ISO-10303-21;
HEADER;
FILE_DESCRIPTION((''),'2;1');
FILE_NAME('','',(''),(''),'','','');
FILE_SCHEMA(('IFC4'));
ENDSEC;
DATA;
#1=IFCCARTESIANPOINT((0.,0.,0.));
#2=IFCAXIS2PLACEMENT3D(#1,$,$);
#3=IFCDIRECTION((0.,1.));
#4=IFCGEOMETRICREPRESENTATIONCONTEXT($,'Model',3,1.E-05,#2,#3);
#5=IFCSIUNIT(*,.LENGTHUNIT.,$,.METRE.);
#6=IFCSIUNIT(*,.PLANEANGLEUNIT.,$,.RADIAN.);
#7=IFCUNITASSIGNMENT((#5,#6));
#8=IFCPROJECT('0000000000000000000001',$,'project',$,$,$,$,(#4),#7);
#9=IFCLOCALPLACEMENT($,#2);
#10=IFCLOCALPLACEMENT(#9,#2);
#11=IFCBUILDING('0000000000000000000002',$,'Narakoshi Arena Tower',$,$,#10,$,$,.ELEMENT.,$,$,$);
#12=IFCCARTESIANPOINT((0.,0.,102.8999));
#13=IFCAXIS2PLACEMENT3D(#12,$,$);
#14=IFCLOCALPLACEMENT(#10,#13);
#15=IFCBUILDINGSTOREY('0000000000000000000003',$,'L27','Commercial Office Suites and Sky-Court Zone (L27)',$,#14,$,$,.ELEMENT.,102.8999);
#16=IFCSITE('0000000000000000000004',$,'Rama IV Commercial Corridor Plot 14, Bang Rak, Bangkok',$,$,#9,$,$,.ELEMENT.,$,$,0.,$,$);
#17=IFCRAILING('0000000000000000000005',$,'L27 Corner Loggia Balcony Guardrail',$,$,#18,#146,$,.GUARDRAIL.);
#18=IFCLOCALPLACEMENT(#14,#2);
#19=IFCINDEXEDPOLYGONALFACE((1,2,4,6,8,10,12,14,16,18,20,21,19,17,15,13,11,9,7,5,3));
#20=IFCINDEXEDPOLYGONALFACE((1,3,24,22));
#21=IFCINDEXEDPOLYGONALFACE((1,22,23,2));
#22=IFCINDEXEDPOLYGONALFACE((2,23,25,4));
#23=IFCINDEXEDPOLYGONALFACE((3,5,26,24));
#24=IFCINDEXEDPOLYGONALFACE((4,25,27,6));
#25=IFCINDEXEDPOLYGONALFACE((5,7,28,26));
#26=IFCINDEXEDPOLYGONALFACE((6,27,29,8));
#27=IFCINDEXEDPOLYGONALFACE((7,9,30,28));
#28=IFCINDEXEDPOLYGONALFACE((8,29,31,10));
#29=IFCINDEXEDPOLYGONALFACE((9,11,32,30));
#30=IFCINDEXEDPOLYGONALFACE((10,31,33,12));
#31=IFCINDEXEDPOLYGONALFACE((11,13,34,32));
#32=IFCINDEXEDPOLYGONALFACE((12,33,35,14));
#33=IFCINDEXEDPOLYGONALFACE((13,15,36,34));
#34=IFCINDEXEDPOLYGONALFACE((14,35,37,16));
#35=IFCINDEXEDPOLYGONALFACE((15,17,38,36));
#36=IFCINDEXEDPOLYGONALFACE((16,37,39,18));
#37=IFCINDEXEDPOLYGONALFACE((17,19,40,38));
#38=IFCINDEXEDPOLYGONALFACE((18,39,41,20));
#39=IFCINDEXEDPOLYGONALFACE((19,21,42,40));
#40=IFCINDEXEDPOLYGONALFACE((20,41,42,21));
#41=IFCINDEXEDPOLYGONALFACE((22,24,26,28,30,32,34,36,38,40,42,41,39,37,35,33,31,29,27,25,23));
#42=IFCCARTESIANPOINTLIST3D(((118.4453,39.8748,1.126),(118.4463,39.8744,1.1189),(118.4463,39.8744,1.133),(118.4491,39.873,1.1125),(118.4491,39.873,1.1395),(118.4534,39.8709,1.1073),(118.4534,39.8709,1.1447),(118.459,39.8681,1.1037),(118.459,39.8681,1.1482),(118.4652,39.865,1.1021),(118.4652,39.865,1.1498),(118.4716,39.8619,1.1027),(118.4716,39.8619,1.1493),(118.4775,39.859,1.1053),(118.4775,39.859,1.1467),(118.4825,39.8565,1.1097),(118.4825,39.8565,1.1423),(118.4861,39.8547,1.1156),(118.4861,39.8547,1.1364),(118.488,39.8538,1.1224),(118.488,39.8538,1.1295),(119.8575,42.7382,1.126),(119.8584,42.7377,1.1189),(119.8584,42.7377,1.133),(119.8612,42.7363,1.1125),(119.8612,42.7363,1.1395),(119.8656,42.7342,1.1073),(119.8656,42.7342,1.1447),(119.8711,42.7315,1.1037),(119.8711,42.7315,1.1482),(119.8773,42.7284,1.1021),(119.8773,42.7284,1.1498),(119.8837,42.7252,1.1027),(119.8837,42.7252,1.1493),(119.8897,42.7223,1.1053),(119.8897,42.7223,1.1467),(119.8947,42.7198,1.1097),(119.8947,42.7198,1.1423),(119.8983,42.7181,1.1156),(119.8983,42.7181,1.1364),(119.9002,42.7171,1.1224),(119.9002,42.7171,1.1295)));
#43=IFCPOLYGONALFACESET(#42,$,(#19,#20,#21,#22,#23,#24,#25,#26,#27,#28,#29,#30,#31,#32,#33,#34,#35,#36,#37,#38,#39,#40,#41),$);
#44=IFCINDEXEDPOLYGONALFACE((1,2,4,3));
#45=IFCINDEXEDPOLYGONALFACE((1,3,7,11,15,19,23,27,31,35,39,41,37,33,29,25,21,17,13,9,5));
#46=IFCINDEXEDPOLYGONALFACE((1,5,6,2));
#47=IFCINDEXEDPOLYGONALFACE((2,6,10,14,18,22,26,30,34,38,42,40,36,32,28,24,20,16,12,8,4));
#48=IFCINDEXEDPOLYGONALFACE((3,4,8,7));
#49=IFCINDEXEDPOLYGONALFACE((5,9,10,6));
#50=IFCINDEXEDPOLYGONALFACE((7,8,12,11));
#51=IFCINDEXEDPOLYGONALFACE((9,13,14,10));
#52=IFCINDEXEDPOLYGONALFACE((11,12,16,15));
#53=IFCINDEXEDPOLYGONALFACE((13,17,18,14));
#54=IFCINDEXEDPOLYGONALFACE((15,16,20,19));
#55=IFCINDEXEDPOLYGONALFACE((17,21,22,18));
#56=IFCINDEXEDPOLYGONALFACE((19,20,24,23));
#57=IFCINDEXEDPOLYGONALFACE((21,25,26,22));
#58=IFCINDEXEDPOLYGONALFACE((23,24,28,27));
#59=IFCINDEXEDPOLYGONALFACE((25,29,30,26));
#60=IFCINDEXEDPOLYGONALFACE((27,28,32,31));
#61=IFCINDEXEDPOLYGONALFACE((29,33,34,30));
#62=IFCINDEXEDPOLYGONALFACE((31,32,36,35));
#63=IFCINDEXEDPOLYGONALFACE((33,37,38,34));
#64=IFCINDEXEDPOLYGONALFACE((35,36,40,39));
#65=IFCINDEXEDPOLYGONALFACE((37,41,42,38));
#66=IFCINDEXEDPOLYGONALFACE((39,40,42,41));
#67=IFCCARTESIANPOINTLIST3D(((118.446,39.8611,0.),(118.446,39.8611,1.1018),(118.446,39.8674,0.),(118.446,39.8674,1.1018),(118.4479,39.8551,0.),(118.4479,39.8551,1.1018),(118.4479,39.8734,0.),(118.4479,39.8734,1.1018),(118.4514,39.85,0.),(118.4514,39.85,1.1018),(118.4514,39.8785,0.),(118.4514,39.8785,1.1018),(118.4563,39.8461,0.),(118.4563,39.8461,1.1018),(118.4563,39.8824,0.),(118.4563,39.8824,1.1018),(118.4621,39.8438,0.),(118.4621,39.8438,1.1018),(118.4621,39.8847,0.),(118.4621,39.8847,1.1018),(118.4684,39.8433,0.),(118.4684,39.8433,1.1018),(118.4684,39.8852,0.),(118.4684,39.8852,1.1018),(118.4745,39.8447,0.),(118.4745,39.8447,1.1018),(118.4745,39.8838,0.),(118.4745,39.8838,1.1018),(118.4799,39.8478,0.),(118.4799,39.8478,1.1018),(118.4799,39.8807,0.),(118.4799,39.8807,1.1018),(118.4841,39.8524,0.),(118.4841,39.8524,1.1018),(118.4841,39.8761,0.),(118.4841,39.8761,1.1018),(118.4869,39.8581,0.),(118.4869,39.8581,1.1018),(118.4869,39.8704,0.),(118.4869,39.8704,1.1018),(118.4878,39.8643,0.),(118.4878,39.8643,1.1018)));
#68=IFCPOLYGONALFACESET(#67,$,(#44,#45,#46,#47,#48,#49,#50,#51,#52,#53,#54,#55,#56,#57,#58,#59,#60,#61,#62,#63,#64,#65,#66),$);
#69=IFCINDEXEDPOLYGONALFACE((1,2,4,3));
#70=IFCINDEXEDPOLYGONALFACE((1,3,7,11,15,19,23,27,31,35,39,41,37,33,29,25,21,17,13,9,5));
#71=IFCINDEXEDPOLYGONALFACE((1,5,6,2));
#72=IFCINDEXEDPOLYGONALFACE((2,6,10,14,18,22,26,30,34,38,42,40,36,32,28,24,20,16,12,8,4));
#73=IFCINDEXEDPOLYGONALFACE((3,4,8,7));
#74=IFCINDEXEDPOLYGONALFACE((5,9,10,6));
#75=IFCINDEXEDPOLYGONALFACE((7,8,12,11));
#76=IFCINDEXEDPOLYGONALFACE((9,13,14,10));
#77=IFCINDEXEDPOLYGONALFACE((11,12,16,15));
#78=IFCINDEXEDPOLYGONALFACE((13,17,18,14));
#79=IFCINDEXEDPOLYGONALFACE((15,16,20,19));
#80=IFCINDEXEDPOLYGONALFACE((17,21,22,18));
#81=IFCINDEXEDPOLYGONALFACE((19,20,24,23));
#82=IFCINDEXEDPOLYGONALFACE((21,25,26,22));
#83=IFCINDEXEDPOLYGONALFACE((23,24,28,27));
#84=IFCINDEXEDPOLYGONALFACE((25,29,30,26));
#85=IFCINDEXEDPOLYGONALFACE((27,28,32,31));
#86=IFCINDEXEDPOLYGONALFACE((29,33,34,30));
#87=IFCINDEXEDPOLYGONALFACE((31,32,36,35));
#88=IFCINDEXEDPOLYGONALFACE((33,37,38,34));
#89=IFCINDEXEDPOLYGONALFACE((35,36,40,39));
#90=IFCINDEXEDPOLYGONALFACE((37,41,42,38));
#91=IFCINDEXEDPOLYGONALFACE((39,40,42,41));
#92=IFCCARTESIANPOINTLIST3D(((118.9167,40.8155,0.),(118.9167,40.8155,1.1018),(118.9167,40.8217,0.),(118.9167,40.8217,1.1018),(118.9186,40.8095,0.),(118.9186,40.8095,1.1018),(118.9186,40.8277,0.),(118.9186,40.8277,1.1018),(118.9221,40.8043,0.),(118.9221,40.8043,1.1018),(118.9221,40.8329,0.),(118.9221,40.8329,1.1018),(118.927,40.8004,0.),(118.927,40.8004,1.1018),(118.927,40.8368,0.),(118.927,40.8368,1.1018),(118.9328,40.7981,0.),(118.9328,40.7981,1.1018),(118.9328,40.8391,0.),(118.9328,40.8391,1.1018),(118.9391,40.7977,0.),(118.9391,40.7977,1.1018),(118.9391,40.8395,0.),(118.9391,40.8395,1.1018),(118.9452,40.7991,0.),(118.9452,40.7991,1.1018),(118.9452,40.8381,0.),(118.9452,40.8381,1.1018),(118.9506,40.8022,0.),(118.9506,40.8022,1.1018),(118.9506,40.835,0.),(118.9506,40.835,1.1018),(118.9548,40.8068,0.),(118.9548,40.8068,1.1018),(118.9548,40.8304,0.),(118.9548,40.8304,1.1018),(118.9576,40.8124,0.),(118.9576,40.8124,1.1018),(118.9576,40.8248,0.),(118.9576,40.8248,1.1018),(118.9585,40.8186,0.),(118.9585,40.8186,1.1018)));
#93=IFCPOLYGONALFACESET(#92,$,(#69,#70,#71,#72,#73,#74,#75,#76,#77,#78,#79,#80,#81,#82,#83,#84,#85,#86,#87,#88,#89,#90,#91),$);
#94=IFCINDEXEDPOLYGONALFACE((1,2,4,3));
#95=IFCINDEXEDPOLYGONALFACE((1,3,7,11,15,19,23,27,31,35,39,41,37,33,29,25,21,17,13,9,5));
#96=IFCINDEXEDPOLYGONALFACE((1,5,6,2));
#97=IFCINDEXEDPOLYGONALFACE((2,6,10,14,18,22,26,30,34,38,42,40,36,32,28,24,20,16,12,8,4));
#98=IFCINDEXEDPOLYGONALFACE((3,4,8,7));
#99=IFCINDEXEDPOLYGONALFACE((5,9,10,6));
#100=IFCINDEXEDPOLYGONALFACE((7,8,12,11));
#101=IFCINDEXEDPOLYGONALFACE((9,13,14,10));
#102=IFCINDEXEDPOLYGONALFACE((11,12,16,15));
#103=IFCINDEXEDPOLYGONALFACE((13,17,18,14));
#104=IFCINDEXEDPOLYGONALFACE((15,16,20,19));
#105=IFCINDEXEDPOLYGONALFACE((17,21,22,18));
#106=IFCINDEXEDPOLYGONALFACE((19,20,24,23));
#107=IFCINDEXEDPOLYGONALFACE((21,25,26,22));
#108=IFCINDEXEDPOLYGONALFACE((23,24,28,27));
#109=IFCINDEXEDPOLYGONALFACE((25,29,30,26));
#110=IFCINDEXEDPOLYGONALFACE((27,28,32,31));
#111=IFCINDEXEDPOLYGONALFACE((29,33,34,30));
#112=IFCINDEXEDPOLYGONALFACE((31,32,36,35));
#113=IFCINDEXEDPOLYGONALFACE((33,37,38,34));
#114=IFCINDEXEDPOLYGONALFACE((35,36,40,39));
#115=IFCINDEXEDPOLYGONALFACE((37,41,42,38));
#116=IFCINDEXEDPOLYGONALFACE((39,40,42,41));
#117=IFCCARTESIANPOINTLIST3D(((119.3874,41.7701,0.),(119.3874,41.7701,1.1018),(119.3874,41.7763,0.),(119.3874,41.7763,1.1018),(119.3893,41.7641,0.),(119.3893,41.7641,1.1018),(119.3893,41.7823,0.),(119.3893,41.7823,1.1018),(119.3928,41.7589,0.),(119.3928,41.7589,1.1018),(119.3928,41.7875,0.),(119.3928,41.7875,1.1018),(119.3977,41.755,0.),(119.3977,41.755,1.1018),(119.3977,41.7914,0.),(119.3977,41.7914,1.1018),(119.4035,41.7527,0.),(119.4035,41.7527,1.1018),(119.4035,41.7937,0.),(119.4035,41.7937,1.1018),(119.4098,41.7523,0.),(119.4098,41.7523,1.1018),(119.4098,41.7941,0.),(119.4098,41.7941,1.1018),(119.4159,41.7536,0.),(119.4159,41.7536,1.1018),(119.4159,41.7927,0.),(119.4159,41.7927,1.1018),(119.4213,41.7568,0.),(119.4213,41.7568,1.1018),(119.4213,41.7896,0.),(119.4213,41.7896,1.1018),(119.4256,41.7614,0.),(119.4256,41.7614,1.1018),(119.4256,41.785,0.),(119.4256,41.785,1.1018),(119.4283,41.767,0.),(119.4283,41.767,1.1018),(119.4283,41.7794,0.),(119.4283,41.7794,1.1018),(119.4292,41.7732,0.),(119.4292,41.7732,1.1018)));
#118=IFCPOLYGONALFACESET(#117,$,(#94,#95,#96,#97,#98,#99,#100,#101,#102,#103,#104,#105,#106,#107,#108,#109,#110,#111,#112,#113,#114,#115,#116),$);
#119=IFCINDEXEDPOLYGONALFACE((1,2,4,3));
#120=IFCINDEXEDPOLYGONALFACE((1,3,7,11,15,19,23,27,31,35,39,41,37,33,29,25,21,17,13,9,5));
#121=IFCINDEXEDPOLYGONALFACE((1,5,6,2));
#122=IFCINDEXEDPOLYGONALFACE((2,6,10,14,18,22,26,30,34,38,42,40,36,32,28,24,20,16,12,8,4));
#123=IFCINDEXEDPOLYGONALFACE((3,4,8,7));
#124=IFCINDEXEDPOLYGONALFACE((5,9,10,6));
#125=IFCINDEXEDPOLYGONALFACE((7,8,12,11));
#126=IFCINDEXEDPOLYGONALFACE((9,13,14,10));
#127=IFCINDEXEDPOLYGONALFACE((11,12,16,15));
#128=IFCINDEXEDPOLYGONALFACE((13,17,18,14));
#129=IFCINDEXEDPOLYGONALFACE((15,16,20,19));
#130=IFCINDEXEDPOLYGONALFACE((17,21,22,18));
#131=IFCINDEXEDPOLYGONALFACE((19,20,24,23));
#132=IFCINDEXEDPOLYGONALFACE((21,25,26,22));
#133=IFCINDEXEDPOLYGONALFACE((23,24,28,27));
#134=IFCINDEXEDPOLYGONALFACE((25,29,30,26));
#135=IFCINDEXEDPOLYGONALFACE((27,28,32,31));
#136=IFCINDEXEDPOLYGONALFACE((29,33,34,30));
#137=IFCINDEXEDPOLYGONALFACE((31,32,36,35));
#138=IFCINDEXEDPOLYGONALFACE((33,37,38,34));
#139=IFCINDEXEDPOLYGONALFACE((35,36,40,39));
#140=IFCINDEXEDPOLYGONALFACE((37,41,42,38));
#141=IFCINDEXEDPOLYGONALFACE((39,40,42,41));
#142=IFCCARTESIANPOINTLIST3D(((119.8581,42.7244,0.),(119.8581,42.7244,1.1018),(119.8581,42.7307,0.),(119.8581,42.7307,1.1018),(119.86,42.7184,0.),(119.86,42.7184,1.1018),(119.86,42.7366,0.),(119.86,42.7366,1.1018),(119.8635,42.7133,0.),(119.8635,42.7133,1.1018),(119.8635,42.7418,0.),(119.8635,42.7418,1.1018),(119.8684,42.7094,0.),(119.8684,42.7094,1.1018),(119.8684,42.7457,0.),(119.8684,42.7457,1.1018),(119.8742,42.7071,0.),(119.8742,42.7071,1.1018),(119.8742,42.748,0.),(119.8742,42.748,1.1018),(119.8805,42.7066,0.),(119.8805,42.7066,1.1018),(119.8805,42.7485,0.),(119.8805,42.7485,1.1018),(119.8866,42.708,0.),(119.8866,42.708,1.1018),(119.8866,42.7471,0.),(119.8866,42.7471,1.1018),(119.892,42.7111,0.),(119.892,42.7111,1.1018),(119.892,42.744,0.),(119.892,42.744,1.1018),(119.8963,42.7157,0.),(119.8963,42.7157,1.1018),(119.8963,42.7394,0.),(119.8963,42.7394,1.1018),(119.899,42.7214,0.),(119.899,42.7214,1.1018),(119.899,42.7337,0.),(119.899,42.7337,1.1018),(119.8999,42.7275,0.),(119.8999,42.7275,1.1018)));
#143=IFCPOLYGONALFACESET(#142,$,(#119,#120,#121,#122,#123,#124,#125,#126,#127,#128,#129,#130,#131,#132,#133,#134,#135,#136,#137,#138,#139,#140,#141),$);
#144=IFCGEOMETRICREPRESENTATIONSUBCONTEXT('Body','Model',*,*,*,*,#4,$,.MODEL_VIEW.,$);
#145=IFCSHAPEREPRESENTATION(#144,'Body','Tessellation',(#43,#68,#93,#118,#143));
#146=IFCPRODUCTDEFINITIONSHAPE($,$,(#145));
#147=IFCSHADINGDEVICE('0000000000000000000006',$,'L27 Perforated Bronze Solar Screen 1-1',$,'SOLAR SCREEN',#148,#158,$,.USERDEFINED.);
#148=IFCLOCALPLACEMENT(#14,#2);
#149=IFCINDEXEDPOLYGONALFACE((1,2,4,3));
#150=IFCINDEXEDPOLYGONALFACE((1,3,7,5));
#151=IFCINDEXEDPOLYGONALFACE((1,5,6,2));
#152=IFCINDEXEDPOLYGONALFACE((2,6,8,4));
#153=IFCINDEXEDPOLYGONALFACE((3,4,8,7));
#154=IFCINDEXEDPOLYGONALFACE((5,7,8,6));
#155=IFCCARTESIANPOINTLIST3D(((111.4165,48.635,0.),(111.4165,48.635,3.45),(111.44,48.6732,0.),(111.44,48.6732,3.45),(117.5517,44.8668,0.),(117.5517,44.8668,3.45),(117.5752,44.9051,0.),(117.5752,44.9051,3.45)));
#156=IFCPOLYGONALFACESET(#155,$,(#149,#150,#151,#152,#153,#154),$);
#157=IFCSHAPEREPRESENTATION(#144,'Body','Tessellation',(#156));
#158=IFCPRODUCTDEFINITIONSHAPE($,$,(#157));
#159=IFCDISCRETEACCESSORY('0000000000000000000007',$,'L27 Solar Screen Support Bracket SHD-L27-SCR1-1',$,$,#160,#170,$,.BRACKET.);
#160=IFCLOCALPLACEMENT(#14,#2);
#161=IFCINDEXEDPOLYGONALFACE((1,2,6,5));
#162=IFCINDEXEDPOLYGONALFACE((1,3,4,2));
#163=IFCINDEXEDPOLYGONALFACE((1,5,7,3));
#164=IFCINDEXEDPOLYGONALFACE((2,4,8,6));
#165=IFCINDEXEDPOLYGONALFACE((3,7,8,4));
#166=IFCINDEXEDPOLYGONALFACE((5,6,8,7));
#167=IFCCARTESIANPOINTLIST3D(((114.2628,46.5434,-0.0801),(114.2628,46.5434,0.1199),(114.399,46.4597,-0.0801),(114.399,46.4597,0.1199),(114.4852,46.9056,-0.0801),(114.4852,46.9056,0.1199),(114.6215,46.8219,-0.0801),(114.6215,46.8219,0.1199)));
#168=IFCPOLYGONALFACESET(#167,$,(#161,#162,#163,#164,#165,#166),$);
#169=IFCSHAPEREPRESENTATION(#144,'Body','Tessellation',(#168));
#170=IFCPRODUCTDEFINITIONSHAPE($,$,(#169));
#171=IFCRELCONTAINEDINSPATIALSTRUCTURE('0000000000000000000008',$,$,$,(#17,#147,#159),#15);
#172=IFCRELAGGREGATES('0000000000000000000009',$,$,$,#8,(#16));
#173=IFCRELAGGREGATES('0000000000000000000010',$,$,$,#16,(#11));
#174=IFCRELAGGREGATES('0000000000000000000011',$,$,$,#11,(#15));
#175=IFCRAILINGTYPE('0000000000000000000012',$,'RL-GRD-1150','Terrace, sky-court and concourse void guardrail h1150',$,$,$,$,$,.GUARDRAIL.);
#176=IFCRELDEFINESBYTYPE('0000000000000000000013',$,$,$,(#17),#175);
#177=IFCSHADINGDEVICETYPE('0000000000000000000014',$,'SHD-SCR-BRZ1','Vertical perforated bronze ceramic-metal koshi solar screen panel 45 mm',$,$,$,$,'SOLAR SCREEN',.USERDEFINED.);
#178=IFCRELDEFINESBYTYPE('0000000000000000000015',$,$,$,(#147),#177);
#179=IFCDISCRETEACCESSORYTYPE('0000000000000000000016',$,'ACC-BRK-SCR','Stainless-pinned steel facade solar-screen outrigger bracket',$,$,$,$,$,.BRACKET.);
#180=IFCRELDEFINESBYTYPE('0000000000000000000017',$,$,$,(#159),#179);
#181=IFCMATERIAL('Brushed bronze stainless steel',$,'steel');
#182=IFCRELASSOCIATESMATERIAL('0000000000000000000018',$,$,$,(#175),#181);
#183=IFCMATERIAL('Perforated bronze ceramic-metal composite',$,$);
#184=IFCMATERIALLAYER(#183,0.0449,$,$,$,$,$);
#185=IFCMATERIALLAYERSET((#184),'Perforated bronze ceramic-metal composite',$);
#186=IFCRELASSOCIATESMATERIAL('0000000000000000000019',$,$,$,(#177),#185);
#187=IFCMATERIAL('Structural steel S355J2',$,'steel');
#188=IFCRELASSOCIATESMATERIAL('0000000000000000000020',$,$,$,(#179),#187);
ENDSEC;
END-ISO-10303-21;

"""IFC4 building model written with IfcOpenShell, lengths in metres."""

from ifc_helpers import new_model, si_unit, direction, frame, origin, origin_2d, place, context, subcontext, project, spatial, rectangle, circle, extrude, material, layer, layer_set, type_object, element, save


model = new_model("IFC4")

# Units and contexts
model_context = context("Model", 3, precision=1e-05, world=origin(), true_north=direction((0.0, 1.0)))
body_context = subcontext(model_context, "Body", "Model", "MODEL_VIEW")
ifc_project = project(units=[si_unit("LENGTHUNIT", "METRE"), si_unit("PLANEANGLEUNIT", "RADIAN")], contexts=[model_context])

# Site, building, storey
site_placement = place(None, origin())
site = spatial("IfcSite", under=ifc_project, at=site_placement, Name="Rama IV Commercial Corridor Plot 14, Bang Rak, Bangkok", CompositionType="ELEMENT", RefElevation=0.0)
building_placement = place(site_placement, origin())
building = spatial("IfcBuilding", under=site, at=building_placement, Name="Narakoshi Arena Tower", CompositionType="ELEMENT")
storey_placement = place(building_placement, frame((0.0, 0.0, 102.8999)))
storey = spatial("IfcBuildingStorey", under=building, at=storey_placement, Name="L27", Description="Commercial Office Suites and Sky-Court Zone (L27)", CompositionType="ELEMENT", Elevation=102.8999)

# Shared definitions
ifc_material_1 = material(Name="Structural steel S355J2", Category="steel")

# Railing
ifc_material_2 = material(Name="Brushed bronze stainless steel", Category="steel")
railing_type = type_object("IfcRailingType", Name="RL-GRD-1150", Description="Terrace, sky-court and concourse void guardrail h1150", PredefinedType="GUARDRAIL", material=ifc_material_2)
railing_placement = place(storey_placement, frame((118.4668, 39.8643, 0.0)))
element("IfcRailing", 1, at=railing_placement, inside=storey, type_object=railing_type, Name="L27 Corner Loggia Balcony Guardrail", PredefinedType="GUARDRAIL", context=body_context, shape_type="SweptSolid", body=[
    extrude(circle(Radius=0.0239, at=origin_2d()), frame((0.0, 0.0, 1.126), z_axis=(0.442313, 0.896861, 0.0), x_axis=(-0.896861, 0.442313, 0.0)), (0.0, 0.0, 1.0), 3.1926),
    extrude(circle(Radius=0.021, at=origin_2d()), origin(), (0.0, 0.0, 1.0), 1.1018),
    extrude(circle(Radius=0.021, at=origin_2d()), frame((0.4707, 0.9543, 0.0)), (0.0, 0.0, 1.0), 1.1018),
    extrude(circle(Radius=0.021, at=origin_2d()), frame((0.9414, 1.9089, 0.0)), (0.0, 0.0, 1.0), 1.1018),
    extrude(circle(Radius=0.021, at=origin_2d()), frame((1.4121, 2.8633, 0.0)), (0.0, 0.0, 1.0), 1.1018),
])

# Shading device
ifc_material_3 = material(Name="Perforated bronze ceramic-metal composite")
ifc_layer_1 = layer(ifc_material_3, 0.0449)
ifc_layer_set_1 = layer_set([ifc_layer_1], Name="Perforated bronze ceramic-metal composite")
shading_device_type = type_object("IfcShadingDeviceType", Name="SHD-SCR-BRZ1", Description="Vertical perforated bronze ceramic-metal koshi solar screen panel 45 mm", ElementType="SOLAR SCREEN", PredefinedType="USERDEFINED", material=ifc_layer_set_1)
shading_device_placement = place(storey_placement, frame((114.4958, 46.77, 0.0), z_axis=(0.0, 0.0, 1.0), x_axis=(-0.852111, 0.523361, 0.0)))
element("IfcShadingDevice", 2, at=shading_device_placement, inside=storey, type_object=shading_device_type, Name="L27 Perforated Bronze Solar Screen 1-1", ObjectType="SOLAR SCREEN", PredefinedType="USERDEFINED", context=body_context, shape_type="SweptSolid", body=[
    extrude(rectangle(XDim=7.2, YDim=0.0449, at=origin_2d()), origin(), (0.0, 0.0, 1.0), 3.45),
])

# Discrete accessory
discrete_accessory_type = type_object("IfcDiscreteAccessoryType", Name="ACC-BRK-SCR", Description="Stainless-pinned steel facade solar-screen outrigger bracket", PredefinedType="BRACKET", material=ifc_material_1)
discrete_accessory_placement = place(storey_placement, frame((114.4421, 46.6826, -0.0801), z_axis=(0.0, 0.0, 1.0), x_axis=(-0.852111, 0.523361, 0.0)))
element("IfcDiscreteAccessory", 3, at=discrete_accessory_placement, inside=storey, type_object=discrete_accessory_type, Name="L27 Solar Screen Support Bracket SHD-L27-SCR1-1", PredefinedType="BRACKET", context=body_context, shape_type="SweptSolid", body=[
    extrude(rectangle(XDim=0.1599, YDim=0.425, at=origin_2d()), origin(), (0.0, 0.0, 1.0), 0.2),
])

save(model, "model.ifc")
